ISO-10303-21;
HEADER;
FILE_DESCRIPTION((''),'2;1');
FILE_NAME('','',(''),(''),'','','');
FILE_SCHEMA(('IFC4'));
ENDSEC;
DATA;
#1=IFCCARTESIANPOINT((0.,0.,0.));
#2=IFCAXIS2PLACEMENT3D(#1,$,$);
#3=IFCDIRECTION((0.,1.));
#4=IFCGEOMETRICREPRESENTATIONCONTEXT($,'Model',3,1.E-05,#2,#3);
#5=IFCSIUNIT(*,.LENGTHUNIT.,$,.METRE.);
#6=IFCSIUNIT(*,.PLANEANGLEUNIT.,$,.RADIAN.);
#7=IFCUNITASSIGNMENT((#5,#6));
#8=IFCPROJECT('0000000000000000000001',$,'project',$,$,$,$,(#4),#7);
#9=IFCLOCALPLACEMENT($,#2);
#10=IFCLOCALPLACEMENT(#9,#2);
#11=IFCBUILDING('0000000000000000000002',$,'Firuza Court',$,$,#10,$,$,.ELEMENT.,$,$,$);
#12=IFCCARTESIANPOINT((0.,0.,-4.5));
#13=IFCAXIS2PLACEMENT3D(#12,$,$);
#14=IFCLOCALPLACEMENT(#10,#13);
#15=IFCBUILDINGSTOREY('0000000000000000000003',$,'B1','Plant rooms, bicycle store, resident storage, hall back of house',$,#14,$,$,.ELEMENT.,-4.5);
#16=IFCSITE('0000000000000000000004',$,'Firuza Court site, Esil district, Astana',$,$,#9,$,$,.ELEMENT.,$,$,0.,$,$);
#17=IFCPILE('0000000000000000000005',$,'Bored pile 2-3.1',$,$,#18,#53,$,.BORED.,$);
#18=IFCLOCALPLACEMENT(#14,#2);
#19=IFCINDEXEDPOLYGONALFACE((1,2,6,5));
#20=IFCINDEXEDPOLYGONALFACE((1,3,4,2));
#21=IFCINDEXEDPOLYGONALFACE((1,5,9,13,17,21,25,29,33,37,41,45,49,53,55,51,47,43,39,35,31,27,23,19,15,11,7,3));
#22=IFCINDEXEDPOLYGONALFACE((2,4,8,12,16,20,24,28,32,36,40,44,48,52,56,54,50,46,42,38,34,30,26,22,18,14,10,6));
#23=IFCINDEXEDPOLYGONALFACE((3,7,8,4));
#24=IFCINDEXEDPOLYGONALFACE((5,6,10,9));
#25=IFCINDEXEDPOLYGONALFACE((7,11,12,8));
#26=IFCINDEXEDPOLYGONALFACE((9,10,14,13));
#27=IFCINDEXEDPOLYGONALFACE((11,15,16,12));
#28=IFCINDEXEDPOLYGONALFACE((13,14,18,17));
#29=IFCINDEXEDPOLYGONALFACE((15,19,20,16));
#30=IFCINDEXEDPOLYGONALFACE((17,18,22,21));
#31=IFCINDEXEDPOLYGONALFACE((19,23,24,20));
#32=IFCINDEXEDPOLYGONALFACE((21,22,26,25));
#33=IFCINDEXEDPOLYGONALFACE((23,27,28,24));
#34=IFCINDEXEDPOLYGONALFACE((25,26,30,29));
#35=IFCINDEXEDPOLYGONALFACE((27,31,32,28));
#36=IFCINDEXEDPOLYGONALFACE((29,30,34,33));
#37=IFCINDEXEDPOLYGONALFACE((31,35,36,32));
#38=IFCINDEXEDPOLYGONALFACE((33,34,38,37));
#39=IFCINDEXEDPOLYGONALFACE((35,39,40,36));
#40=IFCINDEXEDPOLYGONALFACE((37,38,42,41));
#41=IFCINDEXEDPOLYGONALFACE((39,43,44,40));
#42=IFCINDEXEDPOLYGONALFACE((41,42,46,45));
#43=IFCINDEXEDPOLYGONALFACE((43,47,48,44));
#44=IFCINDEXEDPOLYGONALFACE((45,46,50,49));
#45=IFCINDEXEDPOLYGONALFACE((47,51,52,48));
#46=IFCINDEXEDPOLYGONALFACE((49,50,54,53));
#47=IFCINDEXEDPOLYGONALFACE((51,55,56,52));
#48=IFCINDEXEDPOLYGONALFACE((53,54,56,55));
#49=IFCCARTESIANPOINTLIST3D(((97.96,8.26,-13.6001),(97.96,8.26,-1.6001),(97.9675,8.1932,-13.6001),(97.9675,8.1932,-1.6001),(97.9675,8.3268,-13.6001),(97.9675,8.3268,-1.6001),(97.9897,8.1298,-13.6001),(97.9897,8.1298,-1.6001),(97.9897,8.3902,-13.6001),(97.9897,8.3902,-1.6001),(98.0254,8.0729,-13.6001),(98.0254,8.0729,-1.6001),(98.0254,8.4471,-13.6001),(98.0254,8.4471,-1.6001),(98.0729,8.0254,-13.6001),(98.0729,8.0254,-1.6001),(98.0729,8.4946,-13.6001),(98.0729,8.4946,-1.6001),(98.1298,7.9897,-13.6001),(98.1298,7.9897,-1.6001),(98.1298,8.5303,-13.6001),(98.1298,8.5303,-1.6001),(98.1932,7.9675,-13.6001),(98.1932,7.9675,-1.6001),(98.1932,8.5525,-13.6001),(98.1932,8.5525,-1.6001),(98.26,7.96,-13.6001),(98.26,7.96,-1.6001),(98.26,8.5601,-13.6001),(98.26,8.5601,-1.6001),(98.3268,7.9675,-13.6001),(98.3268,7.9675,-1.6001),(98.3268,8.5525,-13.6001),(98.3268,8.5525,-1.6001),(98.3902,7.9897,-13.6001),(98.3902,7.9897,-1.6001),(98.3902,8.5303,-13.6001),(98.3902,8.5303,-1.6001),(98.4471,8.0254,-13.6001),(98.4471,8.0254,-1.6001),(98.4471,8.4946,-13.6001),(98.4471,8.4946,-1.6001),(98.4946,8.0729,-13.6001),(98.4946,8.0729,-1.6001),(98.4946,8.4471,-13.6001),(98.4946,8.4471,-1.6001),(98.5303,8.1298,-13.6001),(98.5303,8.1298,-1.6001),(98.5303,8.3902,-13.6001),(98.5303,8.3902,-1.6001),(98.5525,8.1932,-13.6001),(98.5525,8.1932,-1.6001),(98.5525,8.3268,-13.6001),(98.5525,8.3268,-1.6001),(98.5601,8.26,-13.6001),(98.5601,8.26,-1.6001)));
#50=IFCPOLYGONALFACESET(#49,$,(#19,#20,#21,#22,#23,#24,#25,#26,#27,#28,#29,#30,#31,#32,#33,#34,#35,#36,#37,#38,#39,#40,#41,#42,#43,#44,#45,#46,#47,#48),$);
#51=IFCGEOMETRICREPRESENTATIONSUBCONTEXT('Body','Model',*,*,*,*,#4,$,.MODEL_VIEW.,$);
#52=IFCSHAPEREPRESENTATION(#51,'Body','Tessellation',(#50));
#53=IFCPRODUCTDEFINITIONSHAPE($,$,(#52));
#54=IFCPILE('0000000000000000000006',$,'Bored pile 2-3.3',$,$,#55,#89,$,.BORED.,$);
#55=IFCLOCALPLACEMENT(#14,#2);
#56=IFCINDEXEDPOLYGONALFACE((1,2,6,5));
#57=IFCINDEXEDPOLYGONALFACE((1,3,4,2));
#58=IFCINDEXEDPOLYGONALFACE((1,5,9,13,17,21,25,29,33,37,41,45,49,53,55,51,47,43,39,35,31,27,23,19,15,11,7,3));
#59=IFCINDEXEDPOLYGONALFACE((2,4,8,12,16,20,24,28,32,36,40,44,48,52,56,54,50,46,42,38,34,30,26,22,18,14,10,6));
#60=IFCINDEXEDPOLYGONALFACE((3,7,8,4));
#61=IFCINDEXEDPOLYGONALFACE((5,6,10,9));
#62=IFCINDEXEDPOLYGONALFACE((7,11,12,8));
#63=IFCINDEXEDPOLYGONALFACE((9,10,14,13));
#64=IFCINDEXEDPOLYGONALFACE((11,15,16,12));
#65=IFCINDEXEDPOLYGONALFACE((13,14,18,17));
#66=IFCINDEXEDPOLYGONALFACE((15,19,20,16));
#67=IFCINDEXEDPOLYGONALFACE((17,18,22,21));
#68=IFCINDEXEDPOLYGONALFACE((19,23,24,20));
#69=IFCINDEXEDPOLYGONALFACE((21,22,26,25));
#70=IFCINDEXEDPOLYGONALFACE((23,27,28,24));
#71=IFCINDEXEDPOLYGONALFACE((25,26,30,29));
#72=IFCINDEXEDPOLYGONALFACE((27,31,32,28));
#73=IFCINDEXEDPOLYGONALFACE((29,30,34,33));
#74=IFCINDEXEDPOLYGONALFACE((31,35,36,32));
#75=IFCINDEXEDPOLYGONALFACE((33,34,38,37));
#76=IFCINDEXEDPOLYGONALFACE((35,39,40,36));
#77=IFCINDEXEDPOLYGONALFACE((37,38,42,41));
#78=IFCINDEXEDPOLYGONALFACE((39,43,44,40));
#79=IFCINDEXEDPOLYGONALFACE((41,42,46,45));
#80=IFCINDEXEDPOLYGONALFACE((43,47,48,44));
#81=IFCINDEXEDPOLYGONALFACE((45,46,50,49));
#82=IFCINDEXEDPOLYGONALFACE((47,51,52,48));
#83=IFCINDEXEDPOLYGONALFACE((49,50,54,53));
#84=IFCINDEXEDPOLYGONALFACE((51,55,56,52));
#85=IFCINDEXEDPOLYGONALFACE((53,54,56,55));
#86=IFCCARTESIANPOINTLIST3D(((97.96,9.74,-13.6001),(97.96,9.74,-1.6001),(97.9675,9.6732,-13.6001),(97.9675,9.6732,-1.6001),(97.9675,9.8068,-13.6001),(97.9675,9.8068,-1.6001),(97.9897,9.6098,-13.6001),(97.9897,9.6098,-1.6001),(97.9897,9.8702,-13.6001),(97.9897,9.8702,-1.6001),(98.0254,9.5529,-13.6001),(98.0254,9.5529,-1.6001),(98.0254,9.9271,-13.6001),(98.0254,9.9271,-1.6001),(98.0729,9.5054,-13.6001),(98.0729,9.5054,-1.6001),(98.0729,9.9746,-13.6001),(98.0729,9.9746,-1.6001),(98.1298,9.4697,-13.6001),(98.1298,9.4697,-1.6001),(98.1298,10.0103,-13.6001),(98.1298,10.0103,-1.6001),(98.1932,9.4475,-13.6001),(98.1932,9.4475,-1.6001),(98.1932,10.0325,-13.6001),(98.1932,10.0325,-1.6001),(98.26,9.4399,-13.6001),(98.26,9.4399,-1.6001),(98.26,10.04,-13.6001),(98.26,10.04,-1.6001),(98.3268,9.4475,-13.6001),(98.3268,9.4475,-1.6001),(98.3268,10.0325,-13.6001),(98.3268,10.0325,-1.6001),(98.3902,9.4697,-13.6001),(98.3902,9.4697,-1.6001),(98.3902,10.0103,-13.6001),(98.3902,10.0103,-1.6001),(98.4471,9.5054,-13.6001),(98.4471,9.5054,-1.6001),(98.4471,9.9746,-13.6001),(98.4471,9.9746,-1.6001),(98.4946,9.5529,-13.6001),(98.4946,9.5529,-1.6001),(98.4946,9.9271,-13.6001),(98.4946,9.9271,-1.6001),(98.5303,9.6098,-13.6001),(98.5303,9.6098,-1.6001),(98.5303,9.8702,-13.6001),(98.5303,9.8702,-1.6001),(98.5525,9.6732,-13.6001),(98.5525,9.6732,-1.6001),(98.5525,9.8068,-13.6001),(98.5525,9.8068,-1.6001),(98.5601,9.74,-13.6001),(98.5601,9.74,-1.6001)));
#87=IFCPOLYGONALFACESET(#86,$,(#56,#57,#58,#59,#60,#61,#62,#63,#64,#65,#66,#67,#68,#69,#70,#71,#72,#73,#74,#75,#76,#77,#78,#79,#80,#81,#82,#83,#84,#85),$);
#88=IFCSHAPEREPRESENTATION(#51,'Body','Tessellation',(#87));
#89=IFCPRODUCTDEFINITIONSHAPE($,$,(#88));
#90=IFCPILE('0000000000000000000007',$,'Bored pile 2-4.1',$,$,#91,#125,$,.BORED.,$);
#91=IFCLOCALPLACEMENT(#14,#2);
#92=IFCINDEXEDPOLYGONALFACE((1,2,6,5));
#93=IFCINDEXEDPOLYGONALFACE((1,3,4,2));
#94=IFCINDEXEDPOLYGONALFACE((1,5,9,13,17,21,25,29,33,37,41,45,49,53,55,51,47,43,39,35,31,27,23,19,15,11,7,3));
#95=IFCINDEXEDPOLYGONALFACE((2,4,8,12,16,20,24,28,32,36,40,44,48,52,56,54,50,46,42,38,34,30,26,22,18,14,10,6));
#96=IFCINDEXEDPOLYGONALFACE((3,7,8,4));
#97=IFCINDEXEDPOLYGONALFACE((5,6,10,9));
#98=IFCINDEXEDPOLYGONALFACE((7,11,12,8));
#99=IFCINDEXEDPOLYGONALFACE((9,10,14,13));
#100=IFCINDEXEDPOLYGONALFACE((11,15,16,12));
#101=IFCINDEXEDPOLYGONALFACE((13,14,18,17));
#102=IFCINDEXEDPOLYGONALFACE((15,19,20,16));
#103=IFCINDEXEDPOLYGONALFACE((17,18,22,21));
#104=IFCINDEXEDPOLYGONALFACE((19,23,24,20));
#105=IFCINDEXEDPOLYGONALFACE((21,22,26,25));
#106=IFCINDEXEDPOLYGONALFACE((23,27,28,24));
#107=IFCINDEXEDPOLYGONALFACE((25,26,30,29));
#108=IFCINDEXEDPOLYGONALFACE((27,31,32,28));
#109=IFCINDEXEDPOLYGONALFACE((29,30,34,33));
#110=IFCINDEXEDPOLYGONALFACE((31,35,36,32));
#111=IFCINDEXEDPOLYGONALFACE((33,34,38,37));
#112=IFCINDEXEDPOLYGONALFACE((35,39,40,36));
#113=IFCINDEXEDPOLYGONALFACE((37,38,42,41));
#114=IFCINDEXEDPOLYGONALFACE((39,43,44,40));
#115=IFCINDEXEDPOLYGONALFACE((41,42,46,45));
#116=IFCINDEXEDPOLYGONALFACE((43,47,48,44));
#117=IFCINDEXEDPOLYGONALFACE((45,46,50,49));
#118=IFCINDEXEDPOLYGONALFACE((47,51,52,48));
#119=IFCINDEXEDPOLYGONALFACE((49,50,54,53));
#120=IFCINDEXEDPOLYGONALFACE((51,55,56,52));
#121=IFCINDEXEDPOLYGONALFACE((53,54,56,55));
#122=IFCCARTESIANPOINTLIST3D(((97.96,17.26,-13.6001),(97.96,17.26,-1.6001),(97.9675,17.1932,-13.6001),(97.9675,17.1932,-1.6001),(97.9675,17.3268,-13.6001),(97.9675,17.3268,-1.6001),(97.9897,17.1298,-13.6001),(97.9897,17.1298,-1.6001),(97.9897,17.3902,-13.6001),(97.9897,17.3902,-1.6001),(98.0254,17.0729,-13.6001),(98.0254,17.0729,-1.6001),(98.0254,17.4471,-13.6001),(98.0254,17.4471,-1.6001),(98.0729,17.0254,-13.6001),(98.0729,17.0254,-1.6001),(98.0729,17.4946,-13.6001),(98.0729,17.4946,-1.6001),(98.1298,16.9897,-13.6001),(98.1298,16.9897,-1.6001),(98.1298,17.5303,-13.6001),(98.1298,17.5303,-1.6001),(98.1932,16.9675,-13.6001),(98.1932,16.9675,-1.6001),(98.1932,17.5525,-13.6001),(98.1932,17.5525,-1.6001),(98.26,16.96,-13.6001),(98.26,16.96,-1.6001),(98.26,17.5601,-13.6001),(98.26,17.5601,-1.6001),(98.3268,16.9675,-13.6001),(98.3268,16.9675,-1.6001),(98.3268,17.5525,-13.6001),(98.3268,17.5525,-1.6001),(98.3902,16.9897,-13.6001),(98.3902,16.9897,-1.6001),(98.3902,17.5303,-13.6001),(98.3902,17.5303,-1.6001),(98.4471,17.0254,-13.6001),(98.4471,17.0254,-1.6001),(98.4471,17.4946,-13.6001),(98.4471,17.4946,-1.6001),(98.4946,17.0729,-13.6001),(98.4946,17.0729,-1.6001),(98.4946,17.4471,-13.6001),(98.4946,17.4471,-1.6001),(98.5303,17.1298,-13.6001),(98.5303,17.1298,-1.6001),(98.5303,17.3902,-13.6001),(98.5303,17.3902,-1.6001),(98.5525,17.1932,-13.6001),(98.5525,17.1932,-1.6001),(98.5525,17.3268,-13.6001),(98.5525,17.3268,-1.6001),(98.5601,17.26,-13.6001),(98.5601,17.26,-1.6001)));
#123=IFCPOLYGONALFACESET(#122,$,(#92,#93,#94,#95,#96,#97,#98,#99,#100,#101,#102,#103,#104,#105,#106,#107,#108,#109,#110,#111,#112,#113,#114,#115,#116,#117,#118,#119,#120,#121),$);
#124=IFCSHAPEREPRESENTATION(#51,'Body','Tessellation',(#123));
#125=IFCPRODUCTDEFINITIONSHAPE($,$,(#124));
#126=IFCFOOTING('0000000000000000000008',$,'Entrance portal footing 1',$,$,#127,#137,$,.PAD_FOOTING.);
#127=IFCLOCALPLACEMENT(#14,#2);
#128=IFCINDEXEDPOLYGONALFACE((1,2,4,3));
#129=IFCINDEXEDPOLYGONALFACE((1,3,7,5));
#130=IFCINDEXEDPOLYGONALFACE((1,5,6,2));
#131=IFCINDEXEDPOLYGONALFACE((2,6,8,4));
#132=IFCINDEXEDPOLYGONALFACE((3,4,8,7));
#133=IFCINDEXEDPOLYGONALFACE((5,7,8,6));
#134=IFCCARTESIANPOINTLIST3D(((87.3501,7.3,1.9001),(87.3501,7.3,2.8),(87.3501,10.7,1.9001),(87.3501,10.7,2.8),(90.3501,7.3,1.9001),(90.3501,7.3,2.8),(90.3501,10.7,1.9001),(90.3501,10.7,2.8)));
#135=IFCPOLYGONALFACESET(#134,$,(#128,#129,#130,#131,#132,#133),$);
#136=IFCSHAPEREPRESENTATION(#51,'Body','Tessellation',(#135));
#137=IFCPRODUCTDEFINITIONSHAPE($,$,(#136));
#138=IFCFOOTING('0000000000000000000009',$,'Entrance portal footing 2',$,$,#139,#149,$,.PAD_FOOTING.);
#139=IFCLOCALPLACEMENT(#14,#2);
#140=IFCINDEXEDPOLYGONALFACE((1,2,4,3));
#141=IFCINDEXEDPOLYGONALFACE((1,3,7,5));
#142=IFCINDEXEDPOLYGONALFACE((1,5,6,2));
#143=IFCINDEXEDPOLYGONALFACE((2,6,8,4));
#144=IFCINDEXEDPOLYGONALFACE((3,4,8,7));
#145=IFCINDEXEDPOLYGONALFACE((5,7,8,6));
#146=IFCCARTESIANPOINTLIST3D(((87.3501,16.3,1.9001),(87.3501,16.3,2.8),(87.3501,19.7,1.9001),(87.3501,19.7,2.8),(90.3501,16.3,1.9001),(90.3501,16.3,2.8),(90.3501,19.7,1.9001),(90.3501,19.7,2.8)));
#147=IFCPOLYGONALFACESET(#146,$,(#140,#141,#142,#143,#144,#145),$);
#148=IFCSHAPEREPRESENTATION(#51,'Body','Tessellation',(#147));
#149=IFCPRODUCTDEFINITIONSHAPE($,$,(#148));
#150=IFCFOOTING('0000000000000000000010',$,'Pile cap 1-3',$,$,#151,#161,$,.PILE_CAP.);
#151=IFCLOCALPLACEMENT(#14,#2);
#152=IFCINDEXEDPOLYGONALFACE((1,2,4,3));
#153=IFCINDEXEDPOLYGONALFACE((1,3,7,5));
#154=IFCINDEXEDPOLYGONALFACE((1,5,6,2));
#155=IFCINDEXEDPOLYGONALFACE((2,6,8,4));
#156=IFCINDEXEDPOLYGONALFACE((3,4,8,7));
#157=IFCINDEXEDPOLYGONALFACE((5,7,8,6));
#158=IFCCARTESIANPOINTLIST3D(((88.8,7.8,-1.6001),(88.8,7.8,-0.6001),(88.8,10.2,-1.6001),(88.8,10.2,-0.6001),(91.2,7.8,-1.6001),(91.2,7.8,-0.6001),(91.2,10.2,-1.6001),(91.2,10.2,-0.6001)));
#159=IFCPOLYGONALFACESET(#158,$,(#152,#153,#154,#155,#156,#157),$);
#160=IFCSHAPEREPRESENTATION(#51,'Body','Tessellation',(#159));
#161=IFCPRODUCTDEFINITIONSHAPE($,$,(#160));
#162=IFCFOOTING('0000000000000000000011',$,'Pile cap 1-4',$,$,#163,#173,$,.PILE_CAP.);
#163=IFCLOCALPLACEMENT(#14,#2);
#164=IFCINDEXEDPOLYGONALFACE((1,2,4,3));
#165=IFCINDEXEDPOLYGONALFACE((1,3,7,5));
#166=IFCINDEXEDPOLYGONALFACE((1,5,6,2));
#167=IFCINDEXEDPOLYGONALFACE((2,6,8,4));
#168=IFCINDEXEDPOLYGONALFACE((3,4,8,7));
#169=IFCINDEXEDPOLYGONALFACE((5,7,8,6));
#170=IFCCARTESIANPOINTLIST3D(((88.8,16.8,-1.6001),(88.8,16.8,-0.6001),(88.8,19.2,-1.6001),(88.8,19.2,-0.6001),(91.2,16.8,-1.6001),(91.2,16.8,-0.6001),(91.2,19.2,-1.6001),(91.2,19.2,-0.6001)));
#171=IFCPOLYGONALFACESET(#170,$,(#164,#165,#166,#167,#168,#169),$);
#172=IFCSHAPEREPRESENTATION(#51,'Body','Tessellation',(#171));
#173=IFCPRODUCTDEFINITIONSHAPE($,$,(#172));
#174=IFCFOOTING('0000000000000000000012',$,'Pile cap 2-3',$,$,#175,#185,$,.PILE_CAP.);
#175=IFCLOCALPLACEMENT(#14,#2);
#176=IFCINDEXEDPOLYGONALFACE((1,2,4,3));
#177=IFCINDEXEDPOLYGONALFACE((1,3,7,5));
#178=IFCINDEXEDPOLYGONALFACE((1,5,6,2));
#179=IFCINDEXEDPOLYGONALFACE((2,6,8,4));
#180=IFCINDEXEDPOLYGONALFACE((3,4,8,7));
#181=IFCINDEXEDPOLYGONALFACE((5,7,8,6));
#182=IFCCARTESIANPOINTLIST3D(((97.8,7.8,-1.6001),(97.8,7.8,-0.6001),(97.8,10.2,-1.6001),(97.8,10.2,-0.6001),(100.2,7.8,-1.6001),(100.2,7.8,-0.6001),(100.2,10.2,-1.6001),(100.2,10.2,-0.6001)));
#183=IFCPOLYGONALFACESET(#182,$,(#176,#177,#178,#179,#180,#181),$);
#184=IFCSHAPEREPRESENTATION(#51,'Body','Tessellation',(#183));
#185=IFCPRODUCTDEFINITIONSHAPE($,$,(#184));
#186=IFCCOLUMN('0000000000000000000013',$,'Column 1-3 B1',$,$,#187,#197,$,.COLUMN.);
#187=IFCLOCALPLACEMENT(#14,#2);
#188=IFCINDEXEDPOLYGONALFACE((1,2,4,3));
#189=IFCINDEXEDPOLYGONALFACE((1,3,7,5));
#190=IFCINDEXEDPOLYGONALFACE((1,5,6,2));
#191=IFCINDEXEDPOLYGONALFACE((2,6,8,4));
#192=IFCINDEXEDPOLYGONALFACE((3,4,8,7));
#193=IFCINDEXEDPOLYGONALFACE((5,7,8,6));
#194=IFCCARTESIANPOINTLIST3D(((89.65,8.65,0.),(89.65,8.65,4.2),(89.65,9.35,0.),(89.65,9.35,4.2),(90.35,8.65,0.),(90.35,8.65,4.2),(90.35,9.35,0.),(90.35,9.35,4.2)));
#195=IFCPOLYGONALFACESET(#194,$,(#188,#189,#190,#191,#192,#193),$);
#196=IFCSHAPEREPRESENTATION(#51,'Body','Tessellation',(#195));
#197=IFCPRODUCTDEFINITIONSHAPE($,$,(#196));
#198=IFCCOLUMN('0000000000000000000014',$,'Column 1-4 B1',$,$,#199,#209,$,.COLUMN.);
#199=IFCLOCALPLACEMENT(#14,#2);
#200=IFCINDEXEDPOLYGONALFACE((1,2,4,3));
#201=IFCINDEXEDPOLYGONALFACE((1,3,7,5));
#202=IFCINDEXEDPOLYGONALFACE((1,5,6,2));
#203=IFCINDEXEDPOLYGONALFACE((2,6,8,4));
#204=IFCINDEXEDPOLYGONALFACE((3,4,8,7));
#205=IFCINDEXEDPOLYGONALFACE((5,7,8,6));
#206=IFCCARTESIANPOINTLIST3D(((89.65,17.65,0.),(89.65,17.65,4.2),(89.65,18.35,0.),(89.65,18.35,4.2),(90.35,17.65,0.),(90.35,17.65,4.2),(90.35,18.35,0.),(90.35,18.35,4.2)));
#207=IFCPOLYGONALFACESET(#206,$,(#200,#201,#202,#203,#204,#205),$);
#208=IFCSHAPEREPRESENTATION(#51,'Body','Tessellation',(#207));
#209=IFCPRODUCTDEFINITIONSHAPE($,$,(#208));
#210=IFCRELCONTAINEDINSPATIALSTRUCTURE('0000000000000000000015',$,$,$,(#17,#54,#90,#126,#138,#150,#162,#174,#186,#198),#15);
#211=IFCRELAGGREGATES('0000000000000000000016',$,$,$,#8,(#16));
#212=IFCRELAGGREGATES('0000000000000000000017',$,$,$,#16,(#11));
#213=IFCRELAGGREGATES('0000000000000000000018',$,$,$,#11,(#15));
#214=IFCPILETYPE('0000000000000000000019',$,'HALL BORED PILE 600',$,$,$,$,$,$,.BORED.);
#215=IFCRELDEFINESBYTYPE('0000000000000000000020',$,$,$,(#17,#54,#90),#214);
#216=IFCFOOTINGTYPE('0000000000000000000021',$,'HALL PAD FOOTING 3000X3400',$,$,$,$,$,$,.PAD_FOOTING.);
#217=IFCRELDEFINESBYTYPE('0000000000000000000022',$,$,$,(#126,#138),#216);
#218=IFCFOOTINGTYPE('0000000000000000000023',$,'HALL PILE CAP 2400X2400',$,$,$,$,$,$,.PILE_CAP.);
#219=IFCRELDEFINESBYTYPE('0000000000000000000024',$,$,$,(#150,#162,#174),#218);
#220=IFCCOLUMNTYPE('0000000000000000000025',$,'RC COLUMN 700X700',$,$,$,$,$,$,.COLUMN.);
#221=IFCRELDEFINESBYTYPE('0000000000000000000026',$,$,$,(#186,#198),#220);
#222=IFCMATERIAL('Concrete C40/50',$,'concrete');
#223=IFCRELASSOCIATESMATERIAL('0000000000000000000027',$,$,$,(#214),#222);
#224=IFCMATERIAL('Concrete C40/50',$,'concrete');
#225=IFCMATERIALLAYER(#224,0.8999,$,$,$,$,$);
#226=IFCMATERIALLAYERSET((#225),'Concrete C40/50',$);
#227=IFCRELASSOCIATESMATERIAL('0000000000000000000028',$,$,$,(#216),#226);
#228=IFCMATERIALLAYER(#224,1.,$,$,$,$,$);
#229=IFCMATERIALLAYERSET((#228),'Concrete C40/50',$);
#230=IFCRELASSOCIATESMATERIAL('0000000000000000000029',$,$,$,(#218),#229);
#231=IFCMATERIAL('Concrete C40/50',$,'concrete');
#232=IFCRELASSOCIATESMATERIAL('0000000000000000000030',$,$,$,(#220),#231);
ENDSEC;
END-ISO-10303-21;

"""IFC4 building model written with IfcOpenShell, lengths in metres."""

from ifc_helpers import new_model, si_unit, direction, frame, origin, origin_2d, place, context, subcontext, project, spatial, rectangle, circle, extrude, material, layer, layer_set, material_profile, profile_set, type_object, element, save


model = new_model("IFC4")

# Units and contexts
model_context = context("Model", 3, precision=1e-05, world=origin(), true_north=direction((0.0, 1.0)))
body_context = subcontext(model_context, "Body", "Model", "MODEL_VIEW")
ifc_project = project(units=[si_unit("LENGTHUNIT", "METRE"), si_unit("PLANEANGLEUNIT", "RADIAN")], contexts=[model_context])

# Site, building, storey
site_placement = place(None, origin())
site = spatial("IfcSite", under=ifc_project, at=site_placement, Name="Firuza Court site, Esil district, Astana", CompositionType="ELEMENT", RefElevation=0.0)
building_placement = place(site_placement, origin())
building = spatial("IfcBuilding", under=site, at=building_placement, Name="Firuza Court", CompositionType="ELEMENT")
storey_placement = place(building_placement, frame((0.0, 0.0, -4.5)))
storey = spatial("IfcBuildingStorey", under=building, at=storey_placement, Name="B1", Description="Plant rooms, bicycle store, resident storage, hall back of house", CompositionType="ELEMENT", Elevation=-4.5)

# Piles
ifc_material_1 = material(Name="Concrete C40/50", Category="concrete")
ifc_material_profile_1 = material_profile(ifc_material_1, circle(Radius=0.3, at=origin_2d()), Name="PILE 600")
ifc_profile_set_1 = profile_set([ifc_material_profile_1], Name="Concrete C40/50")
pile_type = type_object("IfcPileType", Name="HALL BORED PILE 600", PredefinedType="BORED", material=ifc_profile_set_1)
for number, where, z_axis, x_axis, name in (
    (1, (98.26, 8.26, -1.6001), (0.0, 0.0, -1.0), (1.0, 0.0, 0.0), "Bored pile 2-3.1"),
    (2, (98.26, 9.74, -1.6001), (0.0, 0.0, -1.0), (1.0, 0.0, 0.0), "Bored pile 2-3.3"),
    (3, (98.26, 17.26, -1.6001), (0.0, 0.0, -1.0), (1.0, 0.0, 0.0), "Bored pile 2-4.1"),
):
    element("IfcPile", number, at=place(storey_placement, frame(where, z_axis=z_axis, x_axis=x_axis)), inside=storey, type_object=pile_type, Name=name, PredefinedType="BORED", context=body_context, shape_type="SweptSolid", body=[
        extrude(circle(Radius=0.3, at=origin_2d()), origin(), (0.0, 0.0, 1.0), 12.0),
    ])

# Footings
ifc_material_2 = material(Name="Concrete C40/50", Category="concrete")
ifc_layer_1 = layer(ifc_material_2, 0.8999)
ifc_layer_set_1 = layer_set([ifc_layer_1], Name="Concrete C40/50")
footing_type_1 = type_object("IfcFootingType", Name="HALL PAD FOOTING 3000X3400", PredefinedType="PAD_FOOTING", material=ifc_layer_set_1)
for number, where, z_axis, x_axis, name in (
    (4, (88.8501, 9.0, 1.9001), (0.0, 0.0, 1.0), (1.0, 0.0, 0.0), "Entrance portal footing 1"),
    (5, (88.8501, 18.0, 1.9001), (0.0, 0.0, 1.0), (1.0, 0.0, 0.0), "Entrance portal footing 2"),
):
    element("IfcFooting", number, at=place(storey_placement, frame(where, z_axis=z_axis, x_axis=x_axis)), inside=storey, type_object=footing_type_1, Name=name, PredefinedType="PAD_FOOTING", context=body_context, shape_type="SweptSolid", body=[
        extrude(rectangle(XDim=3.0, YDim=3.3999, at=origin_2d()), origin(), (0.0, 0.0, 1.0), 0.8999),
    ])
ifc_layer_2 = layer(ifc_material_2, 1.0)
ifc_layer_set_2 = layer_set([ifc_layer_2], Name="Concrete C40/50")
footing_type_2 = type_object("IfcFootingType", Name="HALL PILE CAP 2400X2400", PredefinedType="PILE_CAP", material=ifc_layer_set_2)
for number, where, z_axis, x_axis, name in (
    (6, (90.0, 9.0, -1.6001), (0.0, 0.0, 1.0), (1.0, 0.0, 0.0), "Pile cap 1-3"),
    (7, (90.0, 18.0, -1.6001), (0.0, 0.0, 1.0), (1.0, 0.0, 0.0), "Pile cap 1-4"),
    (8, (99.0, 9.0, -1.6001), (0.0, 0.0, 1.0), (1.0, 0.0, 0.0), "Pile cap 2-3"),
):
    element("IfcFooting", number, at=place(storey_placement, frame(where, z_axis=z_axis, x_axis=x_axis)), inside=storey, type_object=footing_type_2, Name=name, PredefinedType="PILE_CAP", context=body_context, shape_type="SweptSolid", body=[
        extrude(rectangle(XDim=2.3999, YDim=2.3999, at=origin_2d()), origin(), (0.0, 0.0, 1.0), 1.0),
    ])

# Columns
ifc_material_3 = material(Name="Concrete C40/50", Category="concrete")
ifc_material_profile_2 = material_profile(ifc_material_3, rectangle(XDim=0.7, YDim=0.7, at=origin_2d()), Name="RC 700X700")
ifc_profile_set_2 = profile_set([ifc_material_profile_2], Name="Concrete C40/50")
column_type_1 = type_object("IfcColumnType", Name="RC COLUMN 700X700", PredefinedType="COLUMN", material=ifc_profile_set_2)
for number, where, z_axis, x_axis, name in (
    (9, (90.0, 9.0, 0.0), (0.0, 0.0, 1.0), (1.0, 0.0, 0.0), "Column 1-3 B1"),
    (10, (90.0, 18.0, 0.0), (0.0, 0.0, 1.0), (1.0, 0.0, 0.0), "Column 1-4 B1"),
):
    element("IfcColumn", number, at=place(storey_placement, frame(where, z_axis=z_axis, x_axis=x_axis)), inside=storey, type_object=column_type_1, Name=name, PredefinedType="COLUMN", context=body_context, shape_type="SweptSolid", body=[
        extrude(rectangle(XDim=0.7, YDim=0.7, at=origin_2d()), origin(), (0.0, 0.0, 1.0), 4.2),
    ])

save(model, "model.ifc")
